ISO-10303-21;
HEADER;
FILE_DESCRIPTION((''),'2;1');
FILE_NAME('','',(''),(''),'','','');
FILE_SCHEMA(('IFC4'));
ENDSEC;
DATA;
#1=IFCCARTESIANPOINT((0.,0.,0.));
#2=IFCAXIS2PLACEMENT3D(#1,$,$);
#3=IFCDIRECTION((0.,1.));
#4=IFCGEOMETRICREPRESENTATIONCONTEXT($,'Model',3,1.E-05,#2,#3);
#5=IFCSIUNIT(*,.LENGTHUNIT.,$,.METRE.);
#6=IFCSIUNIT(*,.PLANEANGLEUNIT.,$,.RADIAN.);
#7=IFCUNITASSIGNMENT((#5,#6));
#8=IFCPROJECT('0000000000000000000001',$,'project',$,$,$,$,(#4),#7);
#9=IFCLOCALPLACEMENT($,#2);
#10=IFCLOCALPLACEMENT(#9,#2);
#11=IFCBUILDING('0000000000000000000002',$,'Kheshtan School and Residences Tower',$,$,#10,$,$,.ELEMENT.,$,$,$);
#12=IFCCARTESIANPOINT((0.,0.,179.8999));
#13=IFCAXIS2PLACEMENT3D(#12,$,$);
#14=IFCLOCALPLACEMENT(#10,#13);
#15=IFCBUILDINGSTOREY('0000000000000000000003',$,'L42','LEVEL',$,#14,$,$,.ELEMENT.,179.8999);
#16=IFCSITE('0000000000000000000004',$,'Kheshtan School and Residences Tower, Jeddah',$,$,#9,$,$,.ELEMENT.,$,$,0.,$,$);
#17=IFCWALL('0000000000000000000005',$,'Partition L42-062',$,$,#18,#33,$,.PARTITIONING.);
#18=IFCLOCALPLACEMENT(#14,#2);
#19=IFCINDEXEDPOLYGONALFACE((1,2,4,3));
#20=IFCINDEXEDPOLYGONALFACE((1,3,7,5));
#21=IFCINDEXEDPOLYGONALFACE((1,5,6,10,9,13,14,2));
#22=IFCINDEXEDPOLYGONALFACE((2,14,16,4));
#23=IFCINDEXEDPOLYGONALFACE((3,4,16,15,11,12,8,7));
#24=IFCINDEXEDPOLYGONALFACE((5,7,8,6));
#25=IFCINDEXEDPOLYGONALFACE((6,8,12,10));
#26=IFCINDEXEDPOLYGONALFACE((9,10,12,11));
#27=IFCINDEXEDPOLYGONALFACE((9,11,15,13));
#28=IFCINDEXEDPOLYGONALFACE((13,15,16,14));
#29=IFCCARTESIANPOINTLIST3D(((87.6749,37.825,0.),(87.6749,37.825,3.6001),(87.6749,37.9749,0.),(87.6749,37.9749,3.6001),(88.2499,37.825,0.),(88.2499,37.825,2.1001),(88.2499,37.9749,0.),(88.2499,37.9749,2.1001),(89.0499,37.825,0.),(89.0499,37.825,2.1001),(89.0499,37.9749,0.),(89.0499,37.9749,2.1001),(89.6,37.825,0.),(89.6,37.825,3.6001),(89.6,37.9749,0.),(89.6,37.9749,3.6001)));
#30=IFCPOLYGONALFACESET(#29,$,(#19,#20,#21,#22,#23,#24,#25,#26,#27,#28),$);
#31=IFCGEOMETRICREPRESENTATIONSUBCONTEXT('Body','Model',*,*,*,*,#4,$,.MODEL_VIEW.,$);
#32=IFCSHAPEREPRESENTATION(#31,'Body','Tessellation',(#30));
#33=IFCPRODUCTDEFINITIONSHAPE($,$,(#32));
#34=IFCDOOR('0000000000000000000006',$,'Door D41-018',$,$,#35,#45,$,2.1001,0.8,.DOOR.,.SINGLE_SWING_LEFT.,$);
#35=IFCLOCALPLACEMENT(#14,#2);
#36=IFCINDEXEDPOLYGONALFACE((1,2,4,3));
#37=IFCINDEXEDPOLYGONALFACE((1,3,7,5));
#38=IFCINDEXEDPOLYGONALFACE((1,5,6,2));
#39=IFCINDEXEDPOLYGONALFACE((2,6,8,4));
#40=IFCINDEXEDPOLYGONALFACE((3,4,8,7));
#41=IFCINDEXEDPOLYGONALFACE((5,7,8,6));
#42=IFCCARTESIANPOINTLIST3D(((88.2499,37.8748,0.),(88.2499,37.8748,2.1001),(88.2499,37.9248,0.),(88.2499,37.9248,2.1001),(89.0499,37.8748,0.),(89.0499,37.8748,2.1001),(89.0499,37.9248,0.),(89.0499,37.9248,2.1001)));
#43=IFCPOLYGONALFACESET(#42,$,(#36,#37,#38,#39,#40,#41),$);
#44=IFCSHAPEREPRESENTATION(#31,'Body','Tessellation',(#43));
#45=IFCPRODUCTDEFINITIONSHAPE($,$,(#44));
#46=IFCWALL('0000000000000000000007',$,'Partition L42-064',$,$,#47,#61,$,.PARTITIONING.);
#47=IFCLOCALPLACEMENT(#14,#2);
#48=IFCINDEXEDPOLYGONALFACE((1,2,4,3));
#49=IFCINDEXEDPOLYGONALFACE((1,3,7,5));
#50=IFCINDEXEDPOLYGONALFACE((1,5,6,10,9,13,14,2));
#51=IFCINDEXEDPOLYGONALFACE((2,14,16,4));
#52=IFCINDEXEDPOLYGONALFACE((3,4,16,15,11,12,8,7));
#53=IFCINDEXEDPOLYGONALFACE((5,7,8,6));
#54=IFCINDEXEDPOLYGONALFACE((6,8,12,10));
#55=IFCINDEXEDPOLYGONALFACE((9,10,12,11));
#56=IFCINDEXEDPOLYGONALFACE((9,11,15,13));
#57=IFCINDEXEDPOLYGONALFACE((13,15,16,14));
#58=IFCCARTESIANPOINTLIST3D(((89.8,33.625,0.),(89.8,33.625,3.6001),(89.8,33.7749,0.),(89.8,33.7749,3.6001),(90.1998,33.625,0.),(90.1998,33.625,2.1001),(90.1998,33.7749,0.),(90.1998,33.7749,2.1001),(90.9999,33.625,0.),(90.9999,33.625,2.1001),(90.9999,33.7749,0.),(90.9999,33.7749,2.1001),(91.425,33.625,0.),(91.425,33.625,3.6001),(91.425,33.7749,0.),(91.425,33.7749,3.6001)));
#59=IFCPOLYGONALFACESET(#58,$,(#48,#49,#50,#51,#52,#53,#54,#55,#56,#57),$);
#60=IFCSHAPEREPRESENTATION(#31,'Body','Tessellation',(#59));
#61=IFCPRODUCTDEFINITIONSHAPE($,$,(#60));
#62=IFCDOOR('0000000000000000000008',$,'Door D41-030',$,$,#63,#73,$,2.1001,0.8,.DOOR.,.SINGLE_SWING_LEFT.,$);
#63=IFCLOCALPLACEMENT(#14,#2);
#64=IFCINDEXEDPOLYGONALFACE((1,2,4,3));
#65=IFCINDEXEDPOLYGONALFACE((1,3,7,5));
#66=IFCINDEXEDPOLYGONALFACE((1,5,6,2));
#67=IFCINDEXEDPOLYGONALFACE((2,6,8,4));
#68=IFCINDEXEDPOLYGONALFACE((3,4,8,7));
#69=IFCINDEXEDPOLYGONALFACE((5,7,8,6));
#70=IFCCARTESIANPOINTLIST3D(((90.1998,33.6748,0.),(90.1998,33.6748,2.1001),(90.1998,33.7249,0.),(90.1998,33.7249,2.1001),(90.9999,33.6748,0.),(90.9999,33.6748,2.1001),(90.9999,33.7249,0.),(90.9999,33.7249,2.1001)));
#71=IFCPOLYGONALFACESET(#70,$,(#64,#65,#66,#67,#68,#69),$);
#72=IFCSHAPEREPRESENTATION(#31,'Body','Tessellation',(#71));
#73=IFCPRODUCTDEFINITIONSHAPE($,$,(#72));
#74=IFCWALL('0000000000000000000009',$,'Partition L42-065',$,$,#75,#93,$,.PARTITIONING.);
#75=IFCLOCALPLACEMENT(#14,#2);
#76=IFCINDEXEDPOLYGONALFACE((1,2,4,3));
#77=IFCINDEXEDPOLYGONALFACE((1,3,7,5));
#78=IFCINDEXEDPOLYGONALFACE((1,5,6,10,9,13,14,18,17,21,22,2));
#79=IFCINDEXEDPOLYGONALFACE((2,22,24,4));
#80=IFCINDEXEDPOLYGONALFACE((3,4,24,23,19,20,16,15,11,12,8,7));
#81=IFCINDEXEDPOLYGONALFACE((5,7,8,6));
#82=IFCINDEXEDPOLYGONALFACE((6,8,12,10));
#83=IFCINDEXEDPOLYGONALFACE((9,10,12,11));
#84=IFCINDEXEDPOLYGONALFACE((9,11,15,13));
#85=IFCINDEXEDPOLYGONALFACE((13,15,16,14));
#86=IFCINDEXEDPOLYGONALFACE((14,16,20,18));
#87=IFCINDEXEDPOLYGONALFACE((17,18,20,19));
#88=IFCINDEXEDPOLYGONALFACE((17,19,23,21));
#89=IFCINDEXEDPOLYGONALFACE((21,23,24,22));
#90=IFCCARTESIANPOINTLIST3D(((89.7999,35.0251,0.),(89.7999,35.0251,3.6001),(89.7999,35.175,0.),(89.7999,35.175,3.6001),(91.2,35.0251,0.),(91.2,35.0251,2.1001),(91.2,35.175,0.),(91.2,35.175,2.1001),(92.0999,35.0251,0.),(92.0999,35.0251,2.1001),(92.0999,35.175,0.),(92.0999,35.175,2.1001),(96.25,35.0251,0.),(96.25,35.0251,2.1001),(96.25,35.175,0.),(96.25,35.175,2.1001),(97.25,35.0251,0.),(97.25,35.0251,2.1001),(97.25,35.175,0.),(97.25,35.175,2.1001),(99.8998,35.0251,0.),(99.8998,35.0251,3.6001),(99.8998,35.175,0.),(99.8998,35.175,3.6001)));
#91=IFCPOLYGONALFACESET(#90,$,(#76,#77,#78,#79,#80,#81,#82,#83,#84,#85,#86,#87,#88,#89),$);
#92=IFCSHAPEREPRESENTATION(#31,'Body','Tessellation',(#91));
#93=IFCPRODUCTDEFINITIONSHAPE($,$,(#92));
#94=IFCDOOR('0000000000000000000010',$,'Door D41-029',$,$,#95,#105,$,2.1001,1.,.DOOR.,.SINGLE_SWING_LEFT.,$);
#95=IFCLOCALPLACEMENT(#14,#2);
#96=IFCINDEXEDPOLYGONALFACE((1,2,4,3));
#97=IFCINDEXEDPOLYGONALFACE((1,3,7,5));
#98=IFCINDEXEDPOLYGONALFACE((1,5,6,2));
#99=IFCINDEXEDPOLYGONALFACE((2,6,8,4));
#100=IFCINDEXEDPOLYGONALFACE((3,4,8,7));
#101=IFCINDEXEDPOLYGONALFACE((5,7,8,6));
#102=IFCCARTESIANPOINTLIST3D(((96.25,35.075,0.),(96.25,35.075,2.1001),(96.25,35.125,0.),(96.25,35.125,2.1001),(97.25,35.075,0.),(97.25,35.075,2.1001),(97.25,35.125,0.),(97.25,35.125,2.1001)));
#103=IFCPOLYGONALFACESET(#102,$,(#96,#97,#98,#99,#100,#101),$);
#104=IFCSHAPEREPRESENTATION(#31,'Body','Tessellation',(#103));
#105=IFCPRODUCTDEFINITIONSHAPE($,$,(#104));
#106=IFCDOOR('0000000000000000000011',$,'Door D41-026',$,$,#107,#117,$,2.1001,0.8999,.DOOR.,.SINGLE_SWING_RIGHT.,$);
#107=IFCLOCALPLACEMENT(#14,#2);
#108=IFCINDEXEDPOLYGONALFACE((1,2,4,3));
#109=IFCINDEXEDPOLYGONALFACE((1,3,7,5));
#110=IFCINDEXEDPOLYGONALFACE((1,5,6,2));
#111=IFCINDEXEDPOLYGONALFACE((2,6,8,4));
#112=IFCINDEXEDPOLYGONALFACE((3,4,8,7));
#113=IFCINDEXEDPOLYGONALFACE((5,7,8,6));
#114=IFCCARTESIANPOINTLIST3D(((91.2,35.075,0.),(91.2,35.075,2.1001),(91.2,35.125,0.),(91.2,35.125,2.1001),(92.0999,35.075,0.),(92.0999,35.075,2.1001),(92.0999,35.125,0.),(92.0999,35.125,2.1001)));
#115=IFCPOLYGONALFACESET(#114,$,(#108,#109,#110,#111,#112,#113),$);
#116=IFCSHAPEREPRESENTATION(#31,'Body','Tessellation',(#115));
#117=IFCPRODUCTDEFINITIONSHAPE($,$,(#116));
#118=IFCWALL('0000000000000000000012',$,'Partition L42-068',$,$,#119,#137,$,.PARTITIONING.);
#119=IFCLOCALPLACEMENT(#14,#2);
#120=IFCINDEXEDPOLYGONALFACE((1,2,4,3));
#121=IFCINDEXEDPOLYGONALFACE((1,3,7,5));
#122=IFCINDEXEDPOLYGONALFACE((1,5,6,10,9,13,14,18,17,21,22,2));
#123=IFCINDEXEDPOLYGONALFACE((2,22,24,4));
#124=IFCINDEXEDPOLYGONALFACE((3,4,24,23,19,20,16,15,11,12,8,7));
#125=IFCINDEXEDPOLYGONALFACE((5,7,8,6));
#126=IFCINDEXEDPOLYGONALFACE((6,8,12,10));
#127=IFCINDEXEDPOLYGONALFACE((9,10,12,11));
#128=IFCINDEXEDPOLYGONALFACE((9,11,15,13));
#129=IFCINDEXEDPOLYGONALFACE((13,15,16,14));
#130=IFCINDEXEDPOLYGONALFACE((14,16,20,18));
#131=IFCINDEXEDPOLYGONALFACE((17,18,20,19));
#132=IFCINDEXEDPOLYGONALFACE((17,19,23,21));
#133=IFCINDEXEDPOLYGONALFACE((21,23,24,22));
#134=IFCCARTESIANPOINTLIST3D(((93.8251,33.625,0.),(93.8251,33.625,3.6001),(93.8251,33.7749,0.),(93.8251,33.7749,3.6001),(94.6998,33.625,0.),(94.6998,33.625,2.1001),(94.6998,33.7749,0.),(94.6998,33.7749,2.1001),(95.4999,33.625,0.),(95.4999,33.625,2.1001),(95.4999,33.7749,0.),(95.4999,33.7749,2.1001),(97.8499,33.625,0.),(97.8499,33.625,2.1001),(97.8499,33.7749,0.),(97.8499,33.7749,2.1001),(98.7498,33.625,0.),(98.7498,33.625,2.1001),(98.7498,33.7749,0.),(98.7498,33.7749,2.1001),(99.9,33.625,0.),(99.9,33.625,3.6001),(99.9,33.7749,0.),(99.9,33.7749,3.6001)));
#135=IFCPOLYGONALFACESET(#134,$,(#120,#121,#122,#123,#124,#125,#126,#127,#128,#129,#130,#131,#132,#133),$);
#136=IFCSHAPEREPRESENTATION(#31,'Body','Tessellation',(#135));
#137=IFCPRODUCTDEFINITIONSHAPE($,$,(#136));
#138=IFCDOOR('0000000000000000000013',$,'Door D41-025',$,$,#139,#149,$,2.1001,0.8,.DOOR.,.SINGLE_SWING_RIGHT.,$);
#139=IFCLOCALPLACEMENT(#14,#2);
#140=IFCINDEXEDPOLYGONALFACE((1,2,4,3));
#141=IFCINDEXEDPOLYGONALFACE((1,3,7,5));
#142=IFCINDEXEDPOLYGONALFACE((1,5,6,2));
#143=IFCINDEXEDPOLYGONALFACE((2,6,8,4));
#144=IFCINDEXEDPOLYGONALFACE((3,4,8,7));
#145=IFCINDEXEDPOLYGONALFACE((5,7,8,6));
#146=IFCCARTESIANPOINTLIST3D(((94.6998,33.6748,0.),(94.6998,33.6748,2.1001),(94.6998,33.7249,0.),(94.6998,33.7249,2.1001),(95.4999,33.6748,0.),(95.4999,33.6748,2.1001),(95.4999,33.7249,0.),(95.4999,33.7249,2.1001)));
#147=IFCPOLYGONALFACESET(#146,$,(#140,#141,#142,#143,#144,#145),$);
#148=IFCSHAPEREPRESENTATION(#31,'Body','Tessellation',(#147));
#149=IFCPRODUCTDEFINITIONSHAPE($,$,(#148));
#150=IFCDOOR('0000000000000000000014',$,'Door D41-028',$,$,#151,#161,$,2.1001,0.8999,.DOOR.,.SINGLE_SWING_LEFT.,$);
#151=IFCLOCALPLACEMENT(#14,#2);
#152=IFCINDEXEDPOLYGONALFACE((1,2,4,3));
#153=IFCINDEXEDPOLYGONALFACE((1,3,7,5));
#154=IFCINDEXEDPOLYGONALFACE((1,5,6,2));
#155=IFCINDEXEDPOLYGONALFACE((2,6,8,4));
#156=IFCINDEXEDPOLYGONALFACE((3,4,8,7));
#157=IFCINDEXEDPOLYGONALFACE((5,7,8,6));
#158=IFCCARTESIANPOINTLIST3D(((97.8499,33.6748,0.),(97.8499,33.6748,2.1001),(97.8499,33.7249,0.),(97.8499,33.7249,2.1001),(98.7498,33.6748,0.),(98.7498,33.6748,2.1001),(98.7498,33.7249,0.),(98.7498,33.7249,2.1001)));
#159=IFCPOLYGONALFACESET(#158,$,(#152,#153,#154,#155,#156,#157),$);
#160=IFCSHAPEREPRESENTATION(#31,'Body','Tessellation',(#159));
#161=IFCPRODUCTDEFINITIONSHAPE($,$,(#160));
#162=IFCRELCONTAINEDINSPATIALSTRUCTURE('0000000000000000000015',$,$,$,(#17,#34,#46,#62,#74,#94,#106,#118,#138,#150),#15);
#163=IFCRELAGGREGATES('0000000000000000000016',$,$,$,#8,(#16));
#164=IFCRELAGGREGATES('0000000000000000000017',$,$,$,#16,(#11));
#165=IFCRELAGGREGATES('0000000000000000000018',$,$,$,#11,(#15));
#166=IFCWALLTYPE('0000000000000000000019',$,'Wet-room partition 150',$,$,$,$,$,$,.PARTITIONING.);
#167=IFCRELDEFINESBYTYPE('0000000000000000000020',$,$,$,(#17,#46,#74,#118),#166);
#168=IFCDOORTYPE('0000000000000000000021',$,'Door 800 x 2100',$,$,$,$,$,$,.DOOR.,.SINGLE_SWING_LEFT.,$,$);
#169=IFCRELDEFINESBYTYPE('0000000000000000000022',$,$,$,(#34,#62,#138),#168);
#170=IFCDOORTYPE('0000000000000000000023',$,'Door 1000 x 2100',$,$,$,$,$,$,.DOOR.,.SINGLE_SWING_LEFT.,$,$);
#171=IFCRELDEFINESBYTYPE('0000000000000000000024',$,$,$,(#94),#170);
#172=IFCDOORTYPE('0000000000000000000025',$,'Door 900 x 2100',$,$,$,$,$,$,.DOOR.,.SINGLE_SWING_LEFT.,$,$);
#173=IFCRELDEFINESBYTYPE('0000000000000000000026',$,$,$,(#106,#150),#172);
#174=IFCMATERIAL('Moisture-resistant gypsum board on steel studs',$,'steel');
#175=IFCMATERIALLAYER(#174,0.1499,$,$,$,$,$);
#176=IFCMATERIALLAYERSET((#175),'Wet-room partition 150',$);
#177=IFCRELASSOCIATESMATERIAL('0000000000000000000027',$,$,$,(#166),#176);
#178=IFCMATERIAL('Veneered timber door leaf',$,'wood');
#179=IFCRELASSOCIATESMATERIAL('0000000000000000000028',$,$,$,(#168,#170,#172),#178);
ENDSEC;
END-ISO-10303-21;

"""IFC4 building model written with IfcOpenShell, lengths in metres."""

from ifc_helpers import new_model, si_unit, direction, frame, frame_2d, origin, place, context, subcontext, project, spatial, rectangle, extrude, source, transform, mapped, material, layer, layer_set, type_object, element, fill, save


model = new_model("IFC4")

# Units and contexts
model_context = context("Model", 3, precision=1e-05, world=origin(), true_north=direction((0.0, 1.0)))
body_context = subcontext(model_context, "Body", "Model", "MODEL_VIEW")
ifc_project = project(units=[si_unit("LENGTHUNIT", "METRE"), si_unit("PLANEANGLEUNIT", "RADIAN")], contexts=[model_context])

# Site, building, storey
site_placement = place(None, origin())
site = spatial("IfcSite", under=ifc_project, at=site_placement, Name="Kheshtan School and Residences Tower, Jeddah", CompositionType="ELEMENT", RefElevation=0.0)
building_placement = place(site_placement, origin())
building = spatial("IfcBuilding", under=site, at=building_placement, Name="Kheshtan School and Residences Tower", CompositionType="ELEMENT")
storey_placement = place(building_placement, frame((0.0, 0.0, 179.8999)))
storey = spatial("IfcBuildingStorey", under=building, at=storey_placement, Name="L42", Description="LEVEL", CompositionType="ELEMENT", Elevation=179.8999)

# Walls, openings, doors
ifc_material_1 = material(Name="Moisture-resistant gypsum board on steel studs", Category="steel")
ifc_layer_1 = layer(ifc_material_1, 0.1499)
ifc_layer_set_1 = layer_set([ifc_layer_1], Name="Wet-room partition 150")
wall_type_1 = type_object("IfcWallType", Name="Wet-room partition 150", PredefinedType="PARTITIONING", material=ifc_layer_set_1)
wall_1_placement = place(storey_placement, frame((87.675, 37.8999, 0.0), z_axis=(0.0, 0.0, 1.0), x_axis=(1.0, 0.0, 0.0)))
wall_1 = element("IfcWall", 1, at=wall_1_placement, inside=storey, type_object=wall_type_1, Name="Partition L42-062", PredefinedType="PARTITIONING", context=body_context, shape_type="SweptSolid", body=[
    extrude(rectangle(XDim=1.925, YDim=0.1499, at=frame_2d((0.9624, 0.0))), origin(), (0.0, 0.0, 1.0), 3.6001),
])
opening_1_placement = place(wall_1_placement, frame((0.575, 0.0, 0.0)))
opening_1 = element("IfcOpeningElement", 2, at=opening_1_placement, cuts=wall_1, PredefinedType="OPENING", context=body_context, shape_type="SweptSolid", body=[
    extrude(rectangle(XDim=0.8, YDim=2.1001, at=frame_2d((0.3999, 1.05))), frame((0.0, 0.085, 0.0), z_axis=(0.0, -1.0, 0.0), x_axis=(1.0, 0.0, 0.0)), (0.0, 0.0, 1.0), 0.1699),
])
ifc_material_2 = material(Name="Veneered timber door leaf", Category="wood")
door_type_1 = type_object("IfcDoorType", Name="Door 800 x 2100", OperationType="SINGLE_SWING_LEFT", PredefinedType="DOOR", material=ifc_material_2)
shared_shape_1 = source(origin(), body_context, "Body", "SweptSolid", [
    extrude(rectangle(XDim=0.8, YDim=2.1001, at=frame_2d((0.3999, 1.05))), frame((0.0, 0.0249, 0.0), z_axis=(0.0, -1.0, 0.0), x_axis=(1.0, 0.0, 0.0)), (0.0, 0.0, 1.0), 0.05),
])
door_1_placement = place(opening_1_placement, origin())
door_1 = element("IfcDoor", 3, at=door_1_placement, inside=storey, type_object=door_type_1, Name="Door D41-018", OperationType="SINGLE_SWING_LEFT", OverallHeight=2.1001, OverallWidth=0.8, PredefinedType="DOOR", context=body_context, shape_type="MappedRepresentation", body=[
    mapped(shared_shape_1, transform((0.0, 0.0, 0.0), x_axis=(1.0, 0.0, 0.0), y_axis=(0.0, 1.0, 0.0), z_axis=(0.0, 0.0, 1.0), scale=1.0)),
])
fill(opening_1, door_1)
wall_2_placement = place(storey_placement, frame((89.8, 33.7, 0.0), z_axis=(0.0, 0.0, 1.0), x_axis=(1.0, 0.0, 0.0)))
wall_2 = element("IfcWall", 4, at=wall_2_placement, inside=storey, type_object=wall_type_1, Name="Partition L42-064", PredefinedType="PARTITIONING", context=body_context, shape_type="SweptSolid", body=[
    extrude(rectangle(XDim=1.625, YDim=0.1499, at=frame_2d((0.8125, 0.0))), origin(), (0.0, 0.0, 1.0), 3.6001),
])
opening_2_placement = place(wall_2_placement, frame((0.3999, 0.0, 0.0)))
opening_2 = element("IfcOpeningElement", 5, at=opening_2_placement, cuts=wall_2, PredefinedType="OPENING", context=body_context, shape_type="SweptSolid", body=[
    extrude(rectangle(XDim=0.8, YDim=2.1001, at=frame_2d((0.3999, 1.05))), frame((0.0, 0.085, 0.0), z_axis=(0.0, -1.0, 0.0), x_axis=(1.0, 0.0, 0.0)), (0.0, 0.0, 1.0), 0.1699),
])
door_2_placement = place(opening_2_placement, origin())
door_2 = element("IfcDoor", 6, at=door_2_placement, inside=storey, type_object=door_type_1, Name="Door D41-030", OperationType="SINGLE_SWING_LEFT", OverallHeight=2.1001, OverallWidth=0.8, PredefinedType="DOOR", context=body_context, shape_type="MappedRepresentation", body=[
    mapped(shared_shape_1, transform((0.0, 0.0, 0.0), x_axis=(1.0, 0.0, 0.0), y_axis=(0.0, 1.0, 0.0), z_axis=(0.0, 0.0, 1.0), scale=1.0)),
])
fill(opening_2, door_2)

# Walls, openings, doors
wall_3_placement = place(storey_placement, frame((89.8, 35.1001, 0.0), z_axis=(0.0, 0.0, 1.0), x_axis=(1.0, 0.0, 0.0)))
wall_3 = element("IfcWall", 7, at=wall_3_placement, inside=storey, type_object=wall_type_1, Name="Partition L42-065", PredefinedType="PARTITIONING", context=body_context, shape_type="SweptSolid", body=[
    extrude(rectangle(XDim=10.0999, YDim=0.1499, at=frame_2d((5.0498, 0.0))), origin(), (0.0, 0.0, 1.0), 3.6001),
])
opening_3_placement = place(wall_3_placement, frame((1.3999, 0.0, 0.0)))
opening_3 = element("IfcOpeningElement", 8, at=opening_3_placement, cuts=wall_3, PredefinedType="OPENING", context=body_context, shape_type="SweptSolid", body=[
    extrude(rectangle(XDim=0.8999, YDim=2.1001, at=frame_2d((0.45, 1.05))), frame((0.0, 0.085, 0.0), z_axis=(0.0, -1.0, 0.0), x_axis=(1.0, 0.0, 0.0)), (0.0, 0.0, 1.0), 0.1699),
])
opening_4_placement = place(wall_3_placement, frame((6.45, 0.0, 0.0)))
opening_4 = element("IfcOpeningElement", 9, at=opening_4_placement, cuts=wall_3, PredefinedType="OPENING", context=body_context, shape_type="SweptSolid", body=[
    extrude(rectangle(XDim=1.0, YDim=2.1001, at=frame_2d((0.5, 1.05))), frame((0.0, 0.085, 0.0), z_axis=(0.0, -1.0, 0.0), x_axis=(1.0, 0.0, 0.0)), (0.0, 0.0, 1.0), 0.1699),
])
door_type_2 = type_object("IfcDoorType", Name="Door 1000 x 2100", OperationType="SINGLE_SWING_LEFT", PredefinedType="DOOR", material=ifc_material_2)
shared_shape_2 = source(origin(), body_context, "Body", "SweptSolid", [
    extrude(rectangle(XDim=1.0, YDim=2.1001, at=frame_2d((0.5, 1.05))), frame((0.0, 0.0249, 0.0), z_axis=(0.0, -1.0, 0.0), x_axis=(1.0, 0.0, 0.0)), (0.0, 0.0, 1.0), 0.05),
])
door_3_placement = place(opening_4_placement, origin())
door_3 = element("IfcDoor", 10, at=door_3_placement, inside=storey, type_object=door_type_2, Name="Door D41-029", OperationType="SINGLE_SWING_LEFT", OverallHeight=2.1001, OverallWidth=1.0, PredefinedType="DOOR", context=body_context, shape_type="MappedRepresentation", body=[
    mapped(shared_shape_2, transform((0.0, 0.0, 0.0), x_axis=(1.0, 0.0, 0.0), y_axis=(0.0, 1.0, 0.0), z_axis=(0.0, 0.0, 1.0), scale=1.0)),
])
fill(opening_4, door_3)
door_type_3 = type_object("IfcDoorType", Name="Door 900 x 2100", OperationType="SINGLE_SWING_LEFT", PredefinedType="DOOR", material=ifc_material_2)
shared_shape_3 = source(origin(), body_context, "Body", "SweptSolid", [
    extrude(rectangle(XDim=0.8999, YDim=2.1001, at=frame_2d((0.45, 1.05))), frame((0.0, 0.0249, 0.0), z_axis=(0.0, -1.0, 0.0), x_axis=(1.0, 0.0, 0.0)), (0.0, 0.0, 1.0), 0.05),
])
door_4_placement = place(opening_3_placement, origin())
door_4 = element("IfcDoor", 11, at=door_4_placement, inside=storey, type_object=door_type_3, Name="Door D41-026", OperationType="SINGLE_SWING_RIGHT", OverallHeight=2.1001, OverallWidth=0.8999, PredefinedType="DOOR", context=body_context, shape_type="MappedRepresentation", body=[
    mapped(shared_shape_3, transform((0.0, 0.0, 0.0), x_axis=(1.0, 0.0, 0.0), y_axis=(0.0, 1.0, 0.0), z_axis=(0.0, 0.0, 1.0), scale=1.0)),
])
fill(opening_3, door_4)
wall_4_placement = place(storey_placement, frame((93.825, 33.7, 0.0), z_axis=(0.0, 0.0, 1.0), x_axis=(1.0, 0.0, 0.0)))
wall_4 = element("IfcWall", 12, at=wall_4_placement, inside=storey, type_object=wall_type_1, Name="Partition L42-068", PredefinedType="PARTITIONING", context=body_context, shape_type="SweptSolid", body=[
    extrude(rectangle(XDim=6.075, YDim=0.1499, at=frame_2d((3.0376, 0.0))), origin(), (0.0, 0.0, 1.0), 3.6001),
])
opening_5_placement = place(wall_4_placement, frame((0.875, 0.0, 0.0)))
opening_5 = element("IfcOpeningElement", 13, at=opening_5_placement, cuts=wall_4, PredefinedType="OPENING", context=body_context, shape_type="SweptSolid", body=[
    extrude(rectangle(XDim=0.8, YDim=2.1001, at=frame_2d((0.3999, 1.05))), frame((0.0, 0.085, 0.0), z_axis=(0.0, -1.0, 0.0), x_axis=(1.0, 0.0, 0.0)), (0.0, 0.0, 1.0), 0.1699),
])
opening_6_placement = place(wall_4_placement, frame((4.0249, 0.0, 0.0)))
opening_6 = element("IfcOpeningElement", 14, at=opening_6_placement, cuts=wall_4, PredefinedType="OPENING", context=body_context, shape_type="SweptSolid", body=[
    extrude(rectangle(XDim=0.8999, YDim=2.1001, at=frame_2d((0.45, 1.05))), frame((0.0, 0.085, 0.0), z_axis=(0.0, -1.0, 0.0), x_axis=(1.0, 0.0, 0.0)), (0.0, 0.0, 1.0), 0.1699),
])
door_5_placement = place(opening_5_placement, origin())
door_5 = element("IfcDoor", 15, at=door_5_placement, inside=storey, type_object=door_type_1, Name="Door D41-025", OperationType="SINGLE_SWING_RIGHT", OverallHeight=2.1001, OverallWidth=0.8, PredefinedType="DOOR", context=body_context, shape_type="MappedRepresentation", body=[
    mapped(shared_shape_1, transform((0.0, 0.0, 0.0), x_axis=(1.0, 0.0, 0.0), y_axis=(0.0, 1.0, 0.0), z_axis=(0.0, 0.0, 1.0), scale=1.0)),
])
fill(opening_5, door_5)
door_6_placement = place(opening_6_placement, origin())
door_6 = element("IfcDoor", 16, at=door_6_placement, inside=storey, type_object=door_type_3, Name="Door D41-028", OperationType="SINGLE_SWING_LEFT", OverallHeight=2.1001, OverallWidth=0.8999, PredefinedType="DOOR", context=body_context, shape_type="MappedRepresentation", body=[
    mapped(shared_shape_3, transform((0.0, 0.0, 0.0), x_axis=(1.0, 0.0, 0.0), y_axis=(0.0, 1.0, 0.0), z_axis=(0.0, 0.0, 1.0), scale=1.0)),
])
fill(opening_6, door_6)

save(model, "model.ifc")
